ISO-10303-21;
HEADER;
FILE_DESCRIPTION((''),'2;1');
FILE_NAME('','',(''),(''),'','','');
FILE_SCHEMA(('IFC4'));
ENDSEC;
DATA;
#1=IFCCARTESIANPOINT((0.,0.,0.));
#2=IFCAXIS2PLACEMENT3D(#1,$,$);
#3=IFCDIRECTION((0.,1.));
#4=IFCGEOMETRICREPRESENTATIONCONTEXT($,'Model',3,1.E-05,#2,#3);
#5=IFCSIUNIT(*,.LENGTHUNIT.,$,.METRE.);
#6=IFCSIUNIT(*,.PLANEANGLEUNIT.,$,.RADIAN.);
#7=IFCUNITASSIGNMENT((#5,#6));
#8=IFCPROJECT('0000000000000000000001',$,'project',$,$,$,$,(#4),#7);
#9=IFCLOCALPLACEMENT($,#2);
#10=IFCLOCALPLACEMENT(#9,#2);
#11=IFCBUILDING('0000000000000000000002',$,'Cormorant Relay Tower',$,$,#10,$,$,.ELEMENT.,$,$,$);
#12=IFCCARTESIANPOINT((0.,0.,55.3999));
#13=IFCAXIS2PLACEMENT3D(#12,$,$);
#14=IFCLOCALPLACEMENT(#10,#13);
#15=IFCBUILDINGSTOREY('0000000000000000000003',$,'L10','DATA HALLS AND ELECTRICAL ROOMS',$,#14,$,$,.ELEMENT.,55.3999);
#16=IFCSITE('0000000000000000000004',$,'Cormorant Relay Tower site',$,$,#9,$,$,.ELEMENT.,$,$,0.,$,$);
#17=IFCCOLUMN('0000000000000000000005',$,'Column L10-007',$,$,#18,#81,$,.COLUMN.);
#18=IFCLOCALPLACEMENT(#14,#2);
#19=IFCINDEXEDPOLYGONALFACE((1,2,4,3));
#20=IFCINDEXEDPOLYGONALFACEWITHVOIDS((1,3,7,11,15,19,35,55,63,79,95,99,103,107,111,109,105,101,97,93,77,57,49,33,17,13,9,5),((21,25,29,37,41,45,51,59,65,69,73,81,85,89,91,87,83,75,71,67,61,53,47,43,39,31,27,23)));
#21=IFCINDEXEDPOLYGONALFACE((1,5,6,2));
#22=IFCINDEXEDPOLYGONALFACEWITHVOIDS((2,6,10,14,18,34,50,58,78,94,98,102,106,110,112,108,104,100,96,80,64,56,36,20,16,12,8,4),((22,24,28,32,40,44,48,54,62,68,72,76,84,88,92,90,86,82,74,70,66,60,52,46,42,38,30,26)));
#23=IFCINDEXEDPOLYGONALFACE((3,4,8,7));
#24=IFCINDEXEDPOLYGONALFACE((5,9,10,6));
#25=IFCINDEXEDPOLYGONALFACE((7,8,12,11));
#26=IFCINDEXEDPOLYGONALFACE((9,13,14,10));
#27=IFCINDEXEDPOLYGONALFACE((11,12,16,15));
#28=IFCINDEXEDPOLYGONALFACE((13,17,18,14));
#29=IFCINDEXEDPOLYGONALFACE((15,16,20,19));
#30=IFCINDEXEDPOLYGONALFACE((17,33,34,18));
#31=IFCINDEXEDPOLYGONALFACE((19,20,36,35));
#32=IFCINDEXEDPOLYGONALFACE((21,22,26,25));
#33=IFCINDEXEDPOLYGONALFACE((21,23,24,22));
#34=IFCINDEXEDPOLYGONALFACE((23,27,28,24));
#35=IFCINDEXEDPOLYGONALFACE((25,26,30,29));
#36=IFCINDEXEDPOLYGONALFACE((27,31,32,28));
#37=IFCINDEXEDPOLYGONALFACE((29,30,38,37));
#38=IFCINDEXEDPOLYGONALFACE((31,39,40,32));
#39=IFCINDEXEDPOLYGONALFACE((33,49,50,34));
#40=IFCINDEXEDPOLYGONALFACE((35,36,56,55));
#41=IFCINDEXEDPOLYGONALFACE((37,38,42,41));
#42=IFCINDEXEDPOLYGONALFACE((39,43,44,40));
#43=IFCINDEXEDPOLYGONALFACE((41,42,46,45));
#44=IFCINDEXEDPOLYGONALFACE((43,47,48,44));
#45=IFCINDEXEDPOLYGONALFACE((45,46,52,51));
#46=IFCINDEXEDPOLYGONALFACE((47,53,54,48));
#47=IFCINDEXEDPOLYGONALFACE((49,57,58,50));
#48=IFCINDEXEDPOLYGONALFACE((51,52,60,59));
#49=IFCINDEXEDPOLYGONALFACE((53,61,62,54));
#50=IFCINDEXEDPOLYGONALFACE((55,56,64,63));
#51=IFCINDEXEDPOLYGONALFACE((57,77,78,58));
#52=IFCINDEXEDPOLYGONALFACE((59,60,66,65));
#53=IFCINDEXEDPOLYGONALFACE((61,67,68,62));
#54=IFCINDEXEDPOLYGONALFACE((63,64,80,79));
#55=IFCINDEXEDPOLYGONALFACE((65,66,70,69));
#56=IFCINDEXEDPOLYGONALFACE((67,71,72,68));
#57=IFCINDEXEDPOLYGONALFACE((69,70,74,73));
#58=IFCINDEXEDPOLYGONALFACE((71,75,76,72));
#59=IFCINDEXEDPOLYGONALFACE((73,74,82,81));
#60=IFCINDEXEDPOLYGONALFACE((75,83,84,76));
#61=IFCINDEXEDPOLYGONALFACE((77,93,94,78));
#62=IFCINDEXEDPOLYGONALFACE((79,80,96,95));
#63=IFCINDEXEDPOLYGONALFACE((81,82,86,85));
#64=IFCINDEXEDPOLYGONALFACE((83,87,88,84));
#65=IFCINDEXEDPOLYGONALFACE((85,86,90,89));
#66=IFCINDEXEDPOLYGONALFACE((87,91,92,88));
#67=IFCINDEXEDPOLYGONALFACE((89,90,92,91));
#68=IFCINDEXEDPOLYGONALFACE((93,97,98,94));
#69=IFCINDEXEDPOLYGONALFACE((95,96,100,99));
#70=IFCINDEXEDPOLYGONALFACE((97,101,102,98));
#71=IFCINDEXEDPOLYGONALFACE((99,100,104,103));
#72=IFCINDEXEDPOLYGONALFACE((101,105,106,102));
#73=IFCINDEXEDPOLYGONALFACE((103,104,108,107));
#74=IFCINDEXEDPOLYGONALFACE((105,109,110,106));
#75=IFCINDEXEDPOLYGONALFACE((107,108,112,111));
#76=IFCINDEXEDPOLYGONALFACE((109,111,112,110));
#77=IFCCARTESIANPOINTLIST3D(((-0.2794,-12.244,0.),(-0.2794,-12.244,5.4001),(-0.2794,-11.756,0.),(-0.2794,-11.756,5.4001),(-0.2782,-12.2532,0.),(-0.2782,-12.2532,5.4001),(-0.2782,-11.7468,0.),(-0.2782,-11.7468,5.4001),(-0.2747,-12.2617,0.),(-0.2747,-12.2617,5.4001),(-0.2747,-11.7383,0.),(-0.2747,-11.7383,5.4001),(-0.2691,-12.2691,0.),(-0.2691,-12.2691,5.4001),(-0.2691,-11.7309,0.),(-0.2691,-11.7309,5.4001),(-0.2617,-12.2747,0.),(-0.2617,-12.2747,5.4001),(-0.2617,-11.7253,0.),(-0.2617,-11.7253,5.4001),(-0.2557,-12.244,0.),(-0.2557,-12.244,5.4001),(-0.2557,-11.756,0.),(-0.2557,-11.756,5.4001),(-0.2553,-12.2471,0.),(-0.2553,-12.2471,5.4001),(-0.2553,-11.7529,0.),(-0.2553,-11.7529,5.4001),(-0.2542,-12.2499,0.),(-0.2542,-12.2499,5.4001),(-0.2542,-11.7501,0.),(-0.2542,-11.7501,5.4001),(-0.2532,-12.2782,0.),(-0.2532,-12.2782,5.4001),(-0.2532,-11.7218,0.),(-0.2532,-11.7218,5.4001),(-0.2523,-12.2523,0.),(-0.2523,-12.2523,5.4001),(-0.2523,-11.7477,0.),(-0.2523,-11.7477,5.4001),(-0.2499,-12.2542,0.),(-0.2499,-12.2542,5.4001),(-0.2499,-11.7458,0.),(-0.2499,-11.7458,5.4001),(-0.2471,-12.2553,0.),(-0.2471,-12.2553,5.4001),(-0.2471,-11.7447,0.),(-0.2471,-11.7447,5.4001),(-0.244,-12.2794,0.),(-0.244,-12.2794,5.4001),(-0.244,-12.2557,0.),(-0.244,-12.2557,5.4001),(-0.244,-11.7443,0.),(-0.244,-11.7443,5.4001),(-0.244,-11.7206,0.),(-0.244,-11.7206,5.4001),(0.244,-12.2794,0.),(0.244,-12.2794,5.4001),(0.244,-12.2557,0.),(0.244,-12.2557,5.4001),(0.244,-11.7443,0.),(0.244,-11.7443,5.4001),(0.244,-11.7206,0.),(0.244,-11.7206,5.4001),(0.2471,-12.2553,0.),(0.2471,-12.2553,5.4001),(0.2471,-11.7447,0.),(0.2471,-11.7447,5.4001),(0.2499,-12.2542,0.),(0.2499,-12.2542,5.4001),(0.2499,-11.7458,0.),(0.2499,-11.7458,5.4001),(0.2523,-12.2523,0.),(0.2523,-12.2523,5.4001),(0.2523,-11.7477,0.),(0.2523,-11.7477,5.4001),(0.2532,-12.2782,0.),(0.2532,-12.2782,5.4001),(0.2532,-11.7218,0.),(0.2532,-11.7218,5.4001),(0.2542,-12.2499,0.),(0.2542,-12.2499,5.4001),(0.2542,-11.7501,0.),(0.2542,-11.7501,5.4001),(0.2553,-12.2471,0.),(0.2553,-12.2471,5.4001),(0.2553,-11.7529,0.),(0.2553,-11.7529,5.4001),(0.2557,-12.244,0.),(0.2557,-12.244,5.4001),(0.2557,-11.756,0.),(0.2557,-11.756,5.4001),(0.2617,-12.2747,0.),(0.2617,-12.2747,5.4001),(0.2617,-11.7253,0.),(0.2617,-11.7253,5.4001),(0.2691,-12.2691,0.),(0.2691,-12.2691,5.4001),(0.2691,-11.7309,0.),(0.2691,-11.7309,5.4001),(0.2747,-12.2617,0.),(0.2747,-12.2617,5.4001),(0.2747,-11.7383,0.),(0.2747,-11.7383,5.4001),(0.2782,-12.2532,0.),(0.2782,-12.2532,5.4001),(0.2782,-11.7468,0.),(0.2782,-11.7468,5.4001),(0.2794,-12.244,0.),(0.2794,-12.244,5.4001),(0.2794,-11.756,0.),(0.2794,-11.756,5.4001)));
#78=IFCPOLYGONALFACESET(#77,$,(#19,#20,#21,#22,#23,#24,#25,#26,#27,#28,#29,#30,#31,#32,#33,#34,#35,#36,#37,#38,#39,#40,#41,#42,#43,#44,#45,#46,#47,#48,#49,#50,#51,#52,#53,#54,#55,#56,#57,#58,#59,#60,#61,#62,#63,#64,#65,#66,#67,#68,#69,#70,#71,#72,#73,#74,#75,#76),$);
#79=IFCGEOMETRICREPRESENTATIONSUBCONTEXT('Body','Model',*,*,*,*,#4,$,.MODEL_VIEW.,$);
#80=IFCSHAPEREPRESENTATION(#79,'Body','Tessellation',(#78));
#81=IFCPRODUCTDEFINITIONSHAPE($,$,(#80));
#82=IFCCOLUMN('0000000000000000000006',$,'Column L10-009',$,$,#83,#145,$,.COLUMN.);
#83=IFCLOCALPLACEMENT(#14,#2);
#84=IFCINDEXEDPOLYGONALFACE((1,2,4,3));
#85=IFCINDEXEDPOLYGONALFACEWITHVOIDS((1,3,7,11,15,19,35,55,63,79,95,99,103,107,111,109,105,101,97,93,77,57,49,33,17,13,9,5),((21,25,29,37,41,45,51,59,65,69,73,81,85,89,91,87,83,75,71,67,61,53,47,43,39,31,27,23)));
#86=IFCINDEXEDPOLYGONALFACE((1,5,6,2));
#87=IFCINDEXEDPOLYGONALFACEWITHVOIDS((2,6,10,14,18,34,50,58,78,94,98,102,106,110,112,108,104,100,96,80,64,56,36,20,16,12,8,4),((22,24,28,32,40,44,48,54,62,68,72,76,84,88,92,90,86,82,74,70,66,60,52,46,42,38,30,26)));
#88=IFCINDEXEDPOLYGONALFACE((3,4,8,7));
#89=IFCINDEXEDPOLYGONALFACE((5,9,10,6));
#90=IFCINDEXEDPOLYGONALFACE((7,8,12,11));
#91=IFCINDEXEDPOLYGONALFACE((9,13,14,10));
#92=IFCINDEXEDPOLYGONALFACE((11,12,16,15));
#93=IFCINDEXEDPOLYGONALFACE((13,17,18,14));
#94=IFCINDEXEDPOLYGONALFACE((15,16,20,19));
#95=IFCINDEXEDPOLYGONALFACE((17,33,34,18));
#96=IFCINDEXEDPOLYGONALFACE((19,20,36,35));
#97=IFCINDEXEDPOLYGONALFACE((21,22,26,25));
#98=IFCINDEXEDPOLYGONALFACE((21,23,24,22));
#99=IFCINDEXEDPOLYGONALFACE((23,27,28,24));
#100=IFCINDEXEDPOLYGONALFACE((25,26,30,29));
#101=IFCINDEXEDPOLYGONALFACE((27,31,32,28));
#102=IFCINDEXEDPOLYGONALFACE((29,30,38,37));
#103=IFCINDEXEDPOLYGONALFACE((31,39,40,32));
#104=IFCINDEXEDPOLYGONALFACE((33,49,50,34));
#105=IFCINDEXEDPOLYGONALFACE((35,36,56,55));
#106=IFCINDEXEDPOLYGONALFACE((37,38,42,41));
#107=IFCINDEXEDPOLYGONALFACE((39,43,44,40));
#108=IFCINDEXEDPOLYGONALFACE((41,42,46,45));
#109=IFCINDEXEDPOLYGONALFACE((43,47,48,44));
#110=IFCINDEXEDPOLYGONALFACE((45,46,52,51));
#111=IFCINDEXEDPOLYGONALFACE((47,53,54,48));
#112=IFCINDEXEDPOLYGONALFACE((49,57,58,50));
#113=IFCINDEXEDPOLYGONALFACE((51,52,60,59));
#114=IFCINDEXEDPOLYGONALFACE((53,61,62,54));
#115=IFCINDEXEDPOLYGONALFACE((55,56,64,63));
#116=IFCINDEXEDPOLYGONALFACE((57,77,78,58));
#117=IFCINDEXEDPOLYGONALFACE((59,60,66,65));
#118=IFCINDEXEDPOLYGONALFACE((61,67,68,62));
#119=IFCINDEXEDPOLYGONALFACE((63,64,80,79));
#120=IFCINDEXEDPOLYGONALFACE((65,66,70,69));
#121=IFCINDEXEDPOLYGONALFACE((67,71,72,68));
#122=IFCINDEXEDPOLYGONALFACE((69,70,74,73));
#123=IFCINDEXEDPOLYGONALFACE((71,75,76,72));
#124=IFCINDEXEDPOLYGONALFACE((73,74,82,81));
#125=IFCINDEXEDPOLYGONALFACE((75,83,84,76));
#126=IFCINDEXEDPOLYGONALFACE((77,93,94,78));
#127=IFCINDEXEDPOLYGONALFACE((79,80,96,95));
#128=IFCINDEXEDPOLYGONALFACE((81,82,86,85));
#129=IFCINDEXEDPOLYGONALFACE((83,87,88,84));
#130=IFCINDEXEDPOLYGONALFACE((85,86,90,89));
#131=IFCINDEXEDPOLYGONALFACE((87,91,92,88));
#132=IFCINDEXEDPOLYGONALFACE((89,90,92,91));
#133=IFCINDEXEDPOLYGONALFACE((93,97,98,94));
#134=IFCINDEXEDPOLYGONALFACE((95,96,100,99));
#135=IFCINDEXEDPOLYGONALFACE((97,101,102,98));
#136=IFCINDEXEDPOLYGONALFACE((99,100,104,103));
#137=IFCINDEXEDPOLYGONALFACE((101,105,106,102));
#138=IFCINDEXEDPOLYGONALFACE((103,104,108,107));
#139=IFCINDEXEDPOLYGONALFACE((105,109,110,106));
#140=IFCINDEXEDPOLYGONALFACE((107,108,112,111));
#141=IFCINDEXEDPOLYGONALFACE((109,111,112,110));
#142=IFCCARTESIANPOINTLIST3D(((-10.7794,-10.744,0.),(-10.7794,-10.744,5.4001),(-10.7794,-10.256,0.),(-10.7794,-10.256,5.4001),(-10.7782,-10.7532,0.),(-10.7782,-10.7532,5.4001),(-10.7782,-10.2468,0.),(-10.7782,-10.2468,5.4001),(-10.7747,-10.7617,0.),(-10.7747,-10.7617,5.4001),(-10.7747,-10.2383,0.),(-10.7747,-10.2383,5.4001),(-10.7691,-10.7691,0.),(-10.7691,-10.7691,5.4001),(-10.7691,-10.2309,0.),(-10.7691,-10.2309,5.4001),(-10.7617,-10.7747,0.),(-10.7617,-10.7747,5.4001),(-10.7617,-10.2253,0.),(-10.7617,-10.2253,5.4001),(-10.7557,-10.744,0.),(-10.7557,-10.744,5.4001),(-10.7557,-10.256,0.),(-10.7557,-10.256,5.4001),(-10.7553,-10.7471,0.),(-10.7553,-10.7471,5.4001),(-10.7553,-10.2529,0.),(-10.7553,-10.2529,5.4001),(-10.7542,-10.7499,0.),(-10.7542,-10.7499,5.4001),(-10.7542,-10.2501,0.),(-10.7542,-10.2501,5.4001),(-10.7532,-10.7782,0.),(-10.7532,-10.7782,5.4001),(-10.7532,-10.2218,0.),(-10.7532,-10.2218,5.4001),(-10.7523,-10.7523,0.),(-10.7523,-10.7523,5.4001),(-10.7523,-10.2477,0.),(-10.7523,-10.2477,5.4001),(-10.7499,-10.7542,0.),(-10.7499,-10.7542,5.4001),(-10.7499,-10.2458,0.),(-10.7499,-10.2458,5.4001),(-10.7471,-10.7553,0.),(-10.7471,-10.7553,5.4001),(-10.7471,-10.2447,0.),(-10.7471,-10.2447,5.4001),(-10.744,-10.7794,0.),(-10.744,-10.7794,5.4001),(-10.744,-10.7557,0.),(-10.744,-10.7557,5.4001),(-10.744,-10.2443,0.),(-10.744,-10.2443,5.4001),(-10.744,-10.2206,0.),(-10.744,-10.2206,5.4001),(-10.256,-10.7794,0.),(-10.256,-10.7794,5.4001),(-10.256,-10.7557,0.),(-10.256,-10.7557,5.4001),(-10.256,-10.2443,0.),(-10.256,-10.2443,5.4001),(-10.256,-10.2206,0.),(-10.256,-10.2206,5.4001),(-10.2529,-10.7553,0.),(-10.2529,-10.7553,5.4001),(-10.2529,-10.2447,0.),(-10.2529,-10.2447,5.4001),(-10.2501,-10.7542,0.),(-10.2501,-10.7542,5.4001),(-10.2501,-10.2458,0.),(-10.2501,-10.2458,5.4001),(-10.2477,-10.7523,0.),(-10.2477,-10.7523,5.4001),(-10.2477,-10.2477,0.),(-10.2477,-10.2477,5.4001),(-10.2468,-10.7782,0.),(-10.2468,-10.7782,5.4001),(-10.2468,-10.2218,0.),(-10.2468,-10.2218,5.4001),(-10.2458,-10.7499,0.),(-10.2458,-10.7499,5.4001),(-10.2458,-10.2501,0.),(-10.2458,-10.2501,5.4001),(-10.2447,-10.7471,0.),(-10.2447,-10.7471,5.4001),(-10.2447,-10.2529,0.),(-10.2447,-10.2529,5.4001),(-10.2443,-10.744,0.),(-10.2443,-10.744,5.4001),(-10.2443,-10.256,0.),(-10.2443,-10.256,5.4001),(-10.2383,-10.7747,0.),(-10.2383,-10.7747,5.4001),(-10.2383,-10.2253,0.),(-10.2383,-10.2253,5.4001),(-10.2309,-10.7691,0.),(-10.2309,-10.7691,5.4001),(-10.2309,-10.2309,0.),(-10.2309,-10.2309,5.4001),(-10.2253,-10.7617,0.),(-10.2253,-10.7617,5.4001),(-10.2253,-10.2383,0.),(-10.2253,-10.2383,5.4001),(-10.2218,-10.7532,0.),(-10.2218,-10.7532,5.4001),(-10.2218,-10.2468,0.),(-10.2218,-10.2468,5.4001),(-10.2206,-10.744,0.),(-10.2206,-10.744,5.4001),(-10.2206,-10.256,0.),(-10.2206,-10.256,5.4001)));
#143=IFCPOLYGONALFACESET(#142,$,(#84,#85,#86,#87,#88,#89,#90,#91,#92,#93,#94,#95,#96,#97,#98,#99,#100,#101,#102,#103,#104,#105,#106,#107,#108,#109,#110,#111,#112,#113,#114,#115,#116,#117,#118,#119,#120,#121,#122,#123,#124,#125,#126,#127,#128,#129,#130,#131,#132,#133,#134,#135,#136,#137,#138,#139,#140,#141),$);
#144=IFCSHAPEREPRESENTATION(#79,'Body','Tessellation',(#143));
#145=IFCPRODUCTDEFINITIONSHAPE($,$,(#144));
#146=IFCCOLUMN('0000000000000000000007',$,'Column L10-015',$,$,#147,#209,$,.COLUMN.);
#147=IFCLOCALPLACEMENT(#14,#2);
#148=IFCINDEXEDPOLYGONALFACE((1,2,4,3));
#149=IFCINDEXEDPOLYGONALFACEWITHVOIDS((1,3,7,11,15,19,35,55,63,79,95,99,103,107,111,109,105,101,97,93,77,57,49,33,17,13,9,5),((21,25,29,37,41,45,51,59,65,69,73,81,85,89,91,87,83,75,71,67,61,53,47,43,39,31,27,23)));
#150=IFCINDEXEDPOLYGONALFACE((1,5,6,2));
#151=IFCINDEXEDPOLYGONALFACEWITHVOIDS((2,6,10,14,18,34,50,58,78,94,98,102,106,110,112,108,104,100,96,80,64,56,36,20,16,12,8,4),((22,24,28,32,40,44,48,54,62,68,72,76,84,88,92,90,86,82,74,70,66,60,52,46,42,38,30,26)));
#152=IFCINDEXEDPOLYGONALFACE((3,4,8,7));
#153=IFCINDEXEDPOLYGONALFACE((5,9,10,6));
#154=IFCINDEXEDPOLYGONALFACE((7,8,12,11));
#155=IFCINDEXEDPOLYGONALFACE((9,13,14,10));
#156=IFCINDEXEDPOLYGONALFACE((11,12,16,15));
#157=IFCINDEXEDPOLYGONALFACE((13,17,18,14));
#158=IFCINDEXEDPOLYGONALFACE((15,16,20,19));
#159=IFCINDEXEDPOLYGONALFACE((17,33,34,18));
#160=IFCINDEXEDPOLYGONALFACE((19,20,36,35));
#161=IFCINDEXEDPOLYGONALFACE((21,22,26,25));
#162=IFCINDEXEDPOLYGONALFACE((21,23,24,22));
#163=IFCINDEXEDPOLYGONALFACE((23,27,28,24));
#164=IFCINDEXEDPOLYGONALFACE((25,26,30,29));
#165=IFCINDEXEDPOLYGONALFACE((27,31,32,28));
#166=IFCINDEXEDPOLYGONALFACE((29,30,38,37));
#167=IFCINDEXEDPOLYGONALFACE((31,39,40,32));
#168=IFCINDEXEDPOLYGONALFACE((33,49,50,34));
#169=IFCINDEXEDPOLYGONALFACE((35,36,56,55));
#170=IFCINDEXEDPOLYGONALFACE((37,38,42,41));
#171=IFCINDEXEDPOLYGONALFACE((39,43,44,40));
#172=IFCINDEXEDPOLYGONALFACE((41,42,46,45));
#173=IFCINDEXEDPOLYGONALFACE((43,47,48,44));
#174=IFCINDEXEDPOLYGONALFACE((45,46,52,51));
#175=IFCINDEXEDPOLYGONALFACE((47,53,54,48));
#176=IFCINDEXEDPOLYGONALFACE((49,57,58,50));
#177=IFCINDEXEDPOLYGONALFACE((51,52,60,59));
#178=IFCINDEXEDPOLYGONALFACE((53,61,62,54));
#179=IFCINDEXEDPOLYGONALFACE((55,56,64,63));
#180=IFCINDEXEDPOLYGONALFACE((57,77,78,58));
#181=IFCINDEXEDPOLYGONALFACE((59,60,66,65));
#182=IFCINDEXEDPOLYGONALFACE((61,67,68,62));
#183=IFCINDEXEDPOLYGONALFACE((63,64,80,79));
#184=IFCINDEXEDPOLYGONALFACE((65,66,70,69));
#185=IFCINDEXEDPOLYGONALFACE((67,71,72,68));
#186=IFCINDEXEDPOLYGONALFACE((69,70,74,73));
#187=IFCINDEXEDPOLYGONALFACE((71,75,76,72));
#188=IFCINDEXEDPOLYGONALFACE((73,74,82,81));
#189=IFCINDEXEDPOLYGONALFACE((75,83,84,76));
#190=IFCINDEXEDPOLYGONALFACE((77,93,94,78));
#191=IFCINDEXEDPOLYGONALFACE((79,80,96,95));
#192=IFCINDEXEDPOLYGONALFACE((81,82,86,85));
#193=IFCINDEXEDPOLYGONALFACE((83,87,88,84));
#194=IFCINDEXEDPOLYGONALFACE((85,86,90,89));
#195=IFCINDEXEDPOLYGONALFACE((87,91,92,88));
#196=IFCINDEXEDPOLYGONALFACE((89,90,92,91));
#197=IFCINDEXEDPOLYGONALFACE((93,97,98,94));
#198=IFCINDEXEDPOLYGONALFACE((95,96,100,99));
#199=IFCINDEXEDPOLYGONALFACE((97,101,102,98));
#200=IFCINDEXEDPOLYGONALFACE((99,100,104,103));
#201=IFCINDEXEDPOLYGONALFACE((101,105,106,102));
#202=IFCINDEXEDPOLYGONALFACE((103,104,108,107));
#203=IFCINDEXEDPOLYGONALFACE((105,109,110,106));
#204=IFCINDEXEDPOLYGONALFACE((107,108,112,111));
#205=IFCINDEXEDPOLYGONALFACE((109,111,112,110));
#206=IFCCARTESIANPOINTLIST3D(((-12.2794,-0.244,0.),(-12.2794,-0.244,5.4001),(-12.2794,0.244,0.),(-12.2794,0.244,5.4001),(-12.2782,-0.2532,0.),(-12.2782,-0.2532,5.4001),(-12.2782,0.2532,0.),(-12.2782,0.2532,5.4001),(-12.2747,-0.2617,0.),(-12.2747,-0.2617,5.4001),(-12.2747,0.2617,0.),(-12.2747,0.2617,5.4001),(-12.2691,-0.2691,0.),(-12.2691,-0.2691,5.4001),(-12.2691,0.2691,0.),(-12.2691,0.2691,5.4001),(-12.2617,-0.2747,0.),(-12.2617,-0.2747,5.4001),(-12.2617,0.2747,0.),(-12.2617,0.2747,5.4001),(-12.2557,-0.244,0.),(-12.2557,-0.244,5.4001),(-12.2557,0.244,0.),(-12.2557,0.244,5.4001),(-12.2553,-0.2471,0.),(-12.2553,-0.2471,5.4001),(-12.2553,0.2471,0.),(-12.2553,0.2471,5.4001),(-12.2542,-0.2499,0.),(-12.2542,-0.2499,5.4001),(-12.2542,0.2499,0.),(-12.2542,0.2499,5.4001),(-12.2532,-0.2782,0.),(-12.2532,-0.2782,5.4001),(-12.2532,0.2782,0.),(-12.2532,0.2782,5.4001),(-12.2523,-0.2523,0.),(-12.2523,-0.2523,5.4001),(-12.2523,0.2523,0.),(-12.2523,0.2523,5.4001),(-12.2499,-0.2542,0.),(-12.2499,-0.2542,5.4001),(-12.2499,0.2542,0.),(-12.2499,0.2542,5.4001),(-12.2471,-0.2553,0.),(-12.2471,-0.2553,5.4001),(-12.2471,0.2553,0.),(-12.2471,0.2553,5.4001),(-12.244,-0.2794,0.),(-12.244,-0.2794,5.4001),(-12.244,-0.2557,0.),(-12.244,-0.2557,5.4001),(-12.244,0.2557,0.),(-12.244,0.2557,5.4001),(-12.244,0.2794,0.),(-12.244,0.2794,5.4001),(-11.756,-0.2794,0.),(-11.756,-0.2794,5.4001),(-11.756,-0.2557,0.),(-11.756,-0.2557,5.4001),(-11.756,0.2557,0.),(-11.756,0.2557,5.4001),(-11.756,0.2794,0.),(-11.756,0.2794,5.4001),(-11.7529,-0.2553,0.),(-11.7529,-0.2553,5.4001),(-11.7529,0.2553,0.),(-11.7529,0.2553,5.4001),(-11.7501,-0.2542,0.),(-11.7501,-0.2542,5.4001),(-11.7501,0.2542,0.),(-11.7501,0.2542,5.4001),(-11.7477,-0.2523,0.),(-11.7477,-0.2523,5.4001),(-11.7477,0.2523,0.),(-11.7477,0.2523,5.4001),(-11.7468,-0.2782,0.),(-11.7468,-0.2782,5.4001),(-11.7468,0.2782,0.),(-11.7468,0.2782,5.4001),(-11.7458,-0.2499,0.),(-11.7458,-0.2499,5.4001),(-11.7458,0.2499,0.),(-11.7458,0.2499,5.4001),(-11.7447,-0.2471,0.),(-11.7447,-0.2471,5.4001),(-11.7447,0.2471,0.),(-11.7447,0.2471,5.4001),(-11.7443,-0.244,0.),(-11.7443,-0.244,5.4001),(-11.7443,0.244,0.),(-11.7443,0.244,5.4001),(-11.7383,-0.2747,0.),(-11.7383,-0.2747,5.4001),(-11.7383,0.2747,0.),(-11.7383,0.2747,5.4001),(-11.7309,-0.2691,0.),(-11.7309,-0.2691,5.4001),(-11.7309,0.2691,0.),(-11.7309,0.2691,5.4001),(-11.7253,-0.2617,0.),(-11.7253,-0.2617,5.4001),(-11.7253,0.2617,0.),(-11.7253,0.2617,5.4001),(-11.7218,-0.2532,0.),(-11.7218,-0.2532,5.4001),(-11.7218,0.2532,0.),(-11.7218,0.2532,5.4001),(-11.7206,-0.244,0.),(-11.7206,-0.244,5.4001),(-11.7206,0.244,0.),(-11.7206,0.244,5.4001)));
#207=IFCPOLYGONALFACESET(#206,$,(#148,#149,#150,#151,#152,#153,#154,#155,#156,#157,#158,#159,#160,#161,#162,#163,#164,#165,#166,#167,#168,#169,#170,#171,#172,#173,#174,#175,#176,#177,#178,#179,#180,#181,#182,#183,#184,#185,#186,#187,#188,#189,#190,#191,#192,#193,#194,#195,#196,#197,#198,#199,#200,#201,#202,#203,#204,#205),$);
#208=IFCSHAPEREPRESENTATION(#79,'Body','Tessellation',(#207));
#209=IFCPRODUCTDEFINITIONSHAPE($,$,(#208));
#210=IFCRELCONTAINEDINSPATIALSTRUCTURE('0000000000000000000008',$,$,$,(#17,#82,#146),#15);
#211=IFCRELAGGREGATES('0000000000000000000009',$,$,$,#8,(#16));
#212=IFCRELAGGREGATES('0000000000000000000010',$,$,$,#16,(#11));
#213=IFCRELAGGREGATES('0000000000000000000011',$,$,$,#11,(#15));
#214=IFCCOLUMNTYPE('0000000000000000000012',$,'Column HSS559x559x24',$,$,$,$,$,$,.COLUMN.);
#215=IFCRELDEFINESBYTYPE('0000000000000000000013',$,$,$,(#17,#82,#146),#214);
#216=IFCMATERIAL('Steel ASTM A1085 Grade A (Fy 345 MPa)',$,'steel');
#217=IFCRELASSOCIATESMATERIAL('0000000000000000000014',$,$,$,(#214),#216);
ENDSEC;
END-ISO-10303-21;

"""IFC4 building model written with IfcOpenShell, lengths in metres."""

from ifc_helpers import new_model, si_unit, direction, frame, origin, origin_2d, place, context, subcontext, project, spatial, hollow_rectangle, extrude, material, material_profile, profile_set, type_object, element, save


model = new_model("IFC4")

# Units and contexts
model_context = context("Model", 3, precision=1e-05, world=origin(), true_north=direction((0.0, 1.0)))
body_context = subcontext(model_context, "Body", "Model", "MODEL_VIEW")
ifc_project = project(units=[si_unit("LENGTHUNIT", "METRE"), si_unit("PLANEANGLEUNIT", "RADIAN")], contexts=[model_context])

# Site, building, storey
site_placement = place(None, origin())
site = spatial("IfcSite", under=ifc_project, at=site_placement, Name="Cormorant Relay Tower site", CompositionType="ELEMENT", RefElevation=0.0)
building_placement = place(site_placement, origin())
building = spatial("IfcBuilding", under=site, at=building_placement, Name="Cormorant Relay Tower", CompositionType="ELEMENT")
storey_placement = place(building_placement, frame((0.0, 0.0, 55.3999)))
storey = spatial("IfcBuildingStorey", under=building, at=storey_placement, Name="L10", Description="DATA HALLS AND ELECTRICAL ROOMS", CompositionType="ELEMENT", Elevation=55.3999)

# Columns
ifc_material_1 = material(Name="Steel ASTM A1085 Grade A (Fy 345 MPa)", Category="steel")
ifc_material_profile = material_profile(ifc_material_1, hollow_rectangle(XDim=0.5588, YDim=0.5588, WallThickness=0.0237, InnerFilletRadius=0.0117, OuterFilletRadius=0.0354, at=origin_2d()), Name="HSS559x559x24")
ifc_profile_set = profile_set([ifc_material_profile], Name="Steel ASTM A1085 Grade A (Fy 345 MPa)")
column_type = type_object("IfcColumnType", Name="Column HSS559x559x24", PredefinedType="COLUMN", material=ifc_profile_set)
for number, where, z_axis, x_axis, name in (
    (1, (0.0, -12.0, 0.0), (0.0, 0.0, 1.0), (1.0, 0.0, 0.0), "Column L10-007"),
    (2, (-10.5, -10.5, 0.0), (0.0, 0.0, 1.0), (1.0, 0.0, 0.0), "Column L10-009"),
    (3, (-12.0, 0.0, 0.0), (0.0, 0.0, 1.0), (1.0, 0.0, 0.0), "Column L10-015"),
):
    element("IfcColumn", number, at=place(storey_placement, frame(where, z_axis=z_axis, x_axis=x_axis)), inside=storey, type_object=column_type, Name=name, PredefinedType="COLUMN", context=body_context, shape_type="SweptSolid", body=[
        extrude(hollow_rectangle(XDim=0.5588, YDim=0.5588, WallThickness=0.0237, InnerFilletRadius=0.0117, OuterFilletRadius=0.0354, at=origin_2d()), origin(), (0.0, 0.0, 1.0), 5.4001),
    ])

save(model, "model.ifc")
